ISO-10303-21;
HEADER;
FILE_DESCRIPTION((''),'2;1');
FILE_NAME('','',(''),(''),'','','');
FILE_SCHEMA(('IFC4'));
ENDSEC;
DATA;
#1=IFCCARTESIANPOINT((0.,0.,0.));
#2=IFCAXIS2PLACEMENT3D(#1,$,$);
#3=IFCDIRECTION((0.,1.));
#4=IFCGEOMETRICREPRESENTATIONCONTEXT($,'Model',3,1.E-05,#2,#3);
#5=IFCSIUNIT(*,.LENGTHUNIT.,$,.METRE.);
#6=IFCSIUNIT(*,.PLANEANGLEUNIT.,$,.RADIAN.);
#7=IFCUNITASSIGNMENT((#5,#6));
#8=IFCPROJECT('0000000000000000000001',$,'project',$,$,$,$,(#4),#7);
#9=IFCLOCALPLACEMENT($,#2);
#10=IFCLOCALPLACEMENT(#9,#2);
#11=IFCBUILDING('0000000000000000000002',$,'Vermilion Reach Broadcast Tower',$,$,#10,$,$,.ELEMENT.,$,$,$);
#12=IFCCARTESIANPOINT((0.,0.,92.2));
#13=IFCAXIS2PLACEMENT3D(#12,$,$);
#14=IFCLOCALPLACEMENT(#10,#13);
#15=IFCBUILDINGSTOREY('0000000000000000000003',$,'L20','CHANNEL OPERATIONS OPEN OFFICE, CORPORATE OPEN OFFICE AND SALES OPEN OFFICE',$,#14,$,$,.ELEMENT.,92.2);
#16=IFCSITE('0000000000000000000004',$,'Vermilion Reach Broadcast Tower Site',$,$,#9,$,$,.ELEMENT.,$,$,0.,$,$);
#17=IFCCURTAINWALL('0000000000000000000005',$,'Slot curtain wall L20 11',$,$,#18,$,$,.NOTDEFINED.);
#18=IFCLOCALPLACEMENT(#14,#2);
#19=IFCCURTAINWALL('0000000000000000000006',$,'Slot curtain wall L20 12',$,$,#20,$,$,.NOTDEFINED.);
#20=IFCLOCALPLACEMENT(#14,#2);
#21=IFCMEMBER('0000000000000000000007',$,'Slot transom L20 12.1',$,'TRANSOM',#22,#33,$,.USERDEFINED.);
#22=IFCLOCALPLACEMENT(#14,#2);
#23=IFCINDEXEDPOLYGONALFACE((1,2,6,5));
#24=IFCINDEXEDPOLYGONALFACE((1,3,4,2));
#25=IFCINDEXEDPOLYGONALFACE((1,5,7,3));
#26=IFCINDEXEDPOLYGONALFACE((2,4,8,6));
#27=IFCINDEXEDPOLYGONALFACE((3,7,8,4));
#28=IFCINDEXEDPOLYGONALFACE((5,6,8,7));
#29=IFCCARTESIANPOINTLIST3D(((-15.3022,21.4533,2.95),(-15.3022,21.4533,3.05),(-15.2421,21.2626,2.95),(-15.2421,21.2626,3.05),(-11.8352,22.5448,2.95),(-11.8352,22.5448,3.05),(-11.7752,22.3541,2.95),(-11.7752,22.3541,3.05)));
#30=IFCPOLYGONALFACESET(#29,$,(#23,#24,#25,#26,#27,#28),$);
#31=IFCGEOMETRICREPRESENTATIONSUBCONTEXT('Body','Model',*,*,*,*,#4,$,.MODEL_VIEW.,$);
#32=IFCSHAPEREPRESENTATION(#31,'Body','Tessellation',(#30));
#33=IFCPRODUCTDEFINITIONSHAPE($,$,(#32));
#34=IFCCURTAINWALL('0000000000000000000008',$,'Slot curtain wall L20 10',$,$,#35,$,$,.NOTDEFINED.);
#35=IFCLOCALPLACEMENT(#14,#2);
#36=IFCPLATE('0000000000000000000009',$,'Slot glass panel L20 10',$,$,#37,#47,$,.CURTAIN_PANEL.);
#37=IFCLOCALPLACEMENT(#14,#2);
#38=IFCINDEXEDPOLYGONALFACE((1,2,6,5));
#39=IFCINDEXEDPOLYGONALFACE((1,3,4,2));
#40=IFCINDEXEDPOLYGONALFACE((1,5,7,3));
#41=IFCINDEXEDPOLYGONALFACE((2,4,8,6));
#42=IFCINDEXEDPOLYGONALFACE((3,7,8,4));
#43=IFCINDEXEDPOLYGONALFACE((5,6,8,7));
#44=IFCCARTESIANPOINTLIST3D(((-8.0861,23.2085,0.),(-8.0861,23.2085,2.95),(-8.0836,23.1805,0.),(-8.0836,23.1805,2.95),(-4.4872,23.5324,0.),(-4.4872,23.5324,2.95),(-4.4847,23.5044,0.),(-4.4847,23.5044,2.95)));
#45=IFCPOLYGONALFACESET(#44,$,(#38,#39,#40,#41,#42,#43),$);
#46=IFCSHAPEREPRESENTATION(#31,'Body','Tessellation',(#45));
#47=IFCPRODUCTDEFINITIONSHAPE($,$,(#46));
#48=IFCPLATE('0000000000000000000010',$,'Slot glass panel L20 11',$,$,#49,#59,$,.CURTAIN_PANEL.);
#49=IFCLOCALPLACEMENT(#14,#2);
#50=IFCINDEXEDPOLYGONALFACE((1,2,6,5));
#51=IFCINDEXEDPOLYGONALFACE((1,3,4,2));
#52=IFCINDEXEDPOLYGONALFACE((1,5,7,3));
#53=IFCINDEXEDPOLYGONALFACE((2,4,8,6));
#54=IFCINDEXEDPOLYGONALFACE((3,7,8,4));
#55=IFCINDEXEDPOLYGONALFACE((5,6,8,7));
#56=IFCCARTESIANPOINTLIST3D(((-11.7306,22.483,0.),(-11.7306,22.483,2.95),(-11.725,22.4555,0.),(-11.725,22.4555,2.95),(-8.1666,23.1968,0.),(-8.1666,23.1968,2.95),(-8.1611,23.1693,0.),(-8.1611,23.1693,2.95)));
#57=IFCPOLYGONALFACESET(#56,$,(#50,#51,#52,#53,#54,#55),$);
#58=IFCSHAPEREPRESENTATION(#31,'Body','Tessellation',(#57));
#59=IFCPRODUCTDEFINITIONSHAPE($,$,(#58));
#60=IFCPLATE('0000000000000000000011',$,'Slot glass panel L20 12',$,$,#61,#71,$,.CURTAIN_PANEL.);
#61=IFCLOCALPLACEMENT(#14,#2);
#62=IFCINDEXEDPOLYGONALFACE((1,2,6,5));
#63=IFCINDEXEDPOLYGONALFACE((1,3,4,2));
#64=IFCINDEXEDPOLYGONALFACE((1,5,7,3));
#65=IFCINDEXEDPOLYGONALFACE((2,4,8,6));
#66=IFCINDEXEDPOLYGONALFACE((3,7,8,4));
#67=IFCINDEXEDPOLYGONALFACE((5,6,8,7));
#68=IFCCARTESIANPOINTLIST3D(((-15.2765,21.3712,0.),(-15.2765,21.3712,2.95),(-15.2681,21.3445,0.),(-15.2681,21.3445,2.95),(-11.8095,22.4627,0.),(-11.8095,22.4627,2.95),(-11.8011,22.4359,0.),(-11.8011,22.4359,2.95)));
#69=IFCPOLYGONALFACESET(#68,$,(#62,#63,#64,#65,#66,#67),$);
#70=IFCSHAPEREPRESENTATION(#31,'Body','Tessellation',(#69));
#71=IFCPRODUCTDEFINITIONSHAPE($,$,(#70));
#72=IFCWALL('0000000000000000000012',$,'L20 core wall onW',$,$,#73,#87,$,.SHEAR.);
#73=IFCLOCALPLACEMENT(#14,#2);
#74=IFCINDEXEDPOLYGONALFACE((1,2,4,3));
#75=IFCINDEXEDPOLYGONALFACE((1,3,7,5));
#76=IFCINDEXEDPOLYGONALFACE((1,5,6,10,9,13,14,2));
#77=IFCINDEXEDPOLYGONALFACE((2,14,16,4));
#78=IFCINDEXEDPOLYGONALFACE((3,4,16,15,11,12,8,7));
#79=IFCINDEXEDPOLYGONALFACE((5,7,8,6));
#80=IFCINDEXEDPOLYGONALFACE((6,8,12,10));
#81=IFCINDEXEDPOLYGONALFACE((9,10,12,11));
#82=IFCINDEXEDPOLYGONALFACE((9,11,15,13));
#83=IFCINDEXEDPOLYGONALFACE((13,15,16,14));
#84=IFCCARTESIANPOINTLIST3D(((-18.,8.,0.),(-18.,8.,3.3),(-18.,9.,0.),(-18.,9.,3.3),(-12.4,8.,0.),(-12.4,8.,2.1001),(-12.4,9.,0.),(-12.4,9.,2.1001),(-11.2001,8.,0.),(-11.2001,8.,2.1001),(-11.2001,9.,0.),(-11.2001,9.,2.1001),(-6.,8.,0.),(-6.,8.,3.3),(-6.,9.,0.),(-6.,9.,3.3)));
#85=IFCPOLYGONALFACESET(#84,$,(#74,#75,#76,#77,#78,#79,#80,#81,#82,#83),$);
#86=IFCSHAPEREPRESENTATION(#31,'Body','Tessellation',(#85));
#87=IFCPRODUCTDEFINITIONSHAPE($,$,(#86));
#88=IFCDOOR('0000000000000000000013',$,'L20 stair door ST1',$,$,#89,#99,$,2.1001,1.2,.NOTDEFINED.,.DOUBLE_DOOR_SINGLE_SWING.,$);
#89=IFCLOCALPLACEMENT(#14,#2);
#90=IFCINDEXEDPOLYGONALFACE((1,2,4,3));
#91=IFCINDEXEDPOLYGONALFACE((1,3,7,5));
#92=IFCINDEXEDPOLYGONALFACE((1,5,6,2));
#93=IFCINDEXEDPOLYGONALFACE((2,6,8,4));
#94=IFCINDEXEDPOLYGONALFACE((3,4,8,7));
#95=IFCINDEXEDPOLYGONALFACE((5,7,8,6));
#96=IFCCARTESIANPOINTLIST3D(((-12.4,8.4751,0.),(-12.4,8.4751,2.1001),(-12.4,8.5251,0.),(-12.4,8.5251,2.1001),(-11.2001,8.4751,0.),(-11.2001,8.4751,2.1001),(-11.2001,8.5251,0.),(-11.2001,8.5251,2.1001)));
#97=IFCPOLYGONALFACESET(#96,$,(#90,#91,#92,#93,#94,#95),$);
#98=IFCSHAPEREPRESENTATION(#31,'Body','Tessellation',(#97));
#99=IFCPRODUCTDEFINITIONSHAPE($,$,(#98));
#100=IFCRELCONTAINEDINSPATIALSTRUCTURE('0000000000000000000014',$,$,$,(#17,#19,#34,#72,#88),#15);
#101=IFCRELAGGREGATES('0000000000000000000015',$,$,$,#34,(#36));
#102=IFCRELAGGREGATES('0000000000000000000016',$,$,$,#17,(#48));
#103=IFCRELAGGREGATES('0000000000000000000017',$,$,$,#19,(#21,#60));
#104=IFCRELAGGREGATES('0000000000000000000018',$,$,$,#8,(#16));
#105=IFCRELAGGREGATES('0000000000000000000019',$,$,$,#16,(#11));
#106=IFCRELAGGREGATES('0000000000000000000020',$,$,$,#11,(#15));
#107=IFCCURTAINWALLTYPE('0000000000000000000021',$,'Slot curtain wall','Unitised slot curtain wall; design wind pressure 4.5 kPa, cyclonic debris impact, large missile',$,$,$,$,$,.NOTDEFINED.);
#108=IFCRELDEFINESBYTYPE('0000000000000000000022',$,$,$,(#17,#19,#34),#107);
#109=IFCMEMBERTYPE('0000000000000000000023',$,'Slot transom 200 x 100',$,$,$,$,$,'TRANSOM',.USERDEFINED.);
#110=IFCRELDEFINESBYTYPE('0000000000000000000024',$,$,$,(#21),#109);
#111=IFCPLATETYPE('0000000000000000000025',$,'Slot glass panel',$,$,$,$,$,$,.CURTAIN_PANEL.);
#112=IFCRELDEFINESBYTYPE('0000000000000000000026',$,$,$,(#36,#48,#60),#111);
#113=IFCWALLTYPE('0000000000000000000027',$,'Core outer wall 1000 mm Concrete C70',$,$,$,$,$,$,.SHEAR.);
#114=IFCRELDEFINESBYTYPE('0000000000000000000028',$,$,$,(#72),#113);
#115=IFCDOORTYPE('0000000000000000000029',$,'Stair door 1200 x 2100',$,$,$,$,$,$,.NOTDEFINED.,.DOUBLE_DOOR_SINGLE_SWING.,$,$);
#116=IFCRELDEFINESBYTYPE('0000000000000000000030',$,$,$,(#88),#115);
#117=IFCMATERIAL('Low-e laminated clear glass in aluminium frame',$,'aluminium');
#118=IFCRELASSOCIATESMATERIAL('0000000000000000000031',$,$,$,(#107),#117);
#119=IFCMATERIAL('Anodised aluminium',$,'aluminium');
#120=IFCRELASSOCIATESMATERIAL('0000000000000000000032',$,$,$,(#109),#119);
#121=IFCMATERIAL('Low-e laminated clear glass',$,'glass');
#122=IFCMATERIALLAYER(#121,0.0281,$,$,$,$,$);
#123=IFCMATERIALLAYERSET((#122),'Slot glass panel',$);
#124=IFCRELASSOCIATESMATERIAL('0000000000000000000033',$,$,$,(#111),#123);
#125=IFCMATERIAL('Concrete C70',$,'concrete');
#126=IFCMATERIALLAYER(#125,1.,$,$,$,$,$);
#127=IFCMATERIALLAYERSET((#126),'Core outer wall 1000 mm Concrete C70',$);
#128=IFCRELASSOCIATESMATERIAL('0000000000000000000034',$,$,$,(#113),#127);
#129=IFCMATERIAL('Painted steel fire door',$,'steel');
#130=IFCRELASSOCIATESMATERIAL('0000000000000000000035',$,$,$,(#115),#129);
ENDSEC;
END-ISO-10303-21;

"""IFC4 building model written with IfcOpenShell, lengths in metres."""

from ifc_helpers import new_model, si_unit, direction, frame, frame_2d, origin, origin_2d, place, context, subcontext, project, spatial, rectangle, extrude, material, layer, layer_set, material_profile, profile_set, type_object, element, fill, aggregate, save


model = new_model("IFC4")

# Units and contexts
model_context = context("Model", 3, precision=1e-05, world=origin(), true_north=direction((0.0, 1.0)))
body_context = subcontext(model_context, "Body", "Model", "MODEL_VIEW")
ifc_project = project(units=[si_unit("LENGTHUNIT", "METRE"), si_unit("PLANEANGLEUNIT", "RADIAN")], contexts=[model_context])

# Site, building, storey
site_placement = place(None, origin())
site = spatial("IfcSite", under=ifc_project, at=site_placement, Name="Vermilion Reach Broadcast Tower Site", CompositionType="ELEMENT", RefElevation=0.0)
building_placement = place(site_placement, origin())
building = spatial("IfcBuilding", under=site, at=building_placement, Name="Vermilion Reach Broadcast Tower", CompositionType="ELEMENT")
storey_placement = place(building_placement, frame((0.0, 0.0, 92.2)))
storey = spatial("IfcBuildingStorey", under=building, at=storey_placement, Name="L20", Description="CHANNEL OPERATIONS OPEN OFFICE, CORPORATE OPEN OFFICE AND SALES OPEN OFFICE", CompositionType="ELEMENT", Elevation=92.2)

# Curtain walls
ifc_material_1 = material(Name="Low-e laminated clear glass in aluminium frame", Category="aluminium")
curtain_wall_type = type_object("IfcCurtainWallType", Name="Slot curtain wall", Description="Unitised slot curtain wall; design wind pressure 4.5 kPa, cyclonic debris impact, large missile", PredefinedType="NOTDEFINED", material=ifc_material_1)
placement = place(storey_placement, origin())
curtain_wall_1 = element("IfcCurtainWall", 1, at=placement, inside=storey, type_object=curtain_wall_type, Name="Slot curtain wall L20 11", PredefinedType="NOTDEFINED")
curtain_wall_2 = element("IfcCurtainWall", 2, at=placement, inside=storey, type_object=curtain_wall_type, Name="Slot curtain wall L20 12", PredefinedType="NOTDEFINED")

# Member
ifc_material_2 = material(Name="Anodised aluminium", Category="aluminium")
ifc_material_profile_1 = material_profile(ifc_material_2, rectangle(XDim=0.2, YDim=0.1001, at=origin_2d()), Name="Slot transom 200 x 100")
ifc_profile_set_1 = profile_set([ifc_material_profile_1], Name="Anodised aluminium")
member_type_1 = type_object("IfcMemberType", Name="Slot transom 200 x 100", ElementType="TRANSOM", PredefinedType="USERDEFINED", material=ifc_profile_set_1)
member_1_placement = place(storey_placement, frame((-11.8052, 22.4495, 3.0), z_axis=(-0.953843, -0.300305, 0.0), x_axis=(0.300305, -0.953843, 0.0)))
member_1 = element("IfcMember", 3, at=member_1_placement, type_object=member_type_1, Name="Slot transom L20 12.1", ObjectType="TRANSOM", PredefinedType="USERDEFINED", context=body_context, shape_type="SweptSolid", body=[
    extrude(rectangle(XDim=0.2, YDim=0.1001, at=origin_2d()), origin(), (0.0, 0.0, 1.0), 3.6348),
])

# Curtain wall, plate
curtain_wall_3 = element("IfcCurtainWall", 4, at=placement, inside=storey, type_object=curtain_wall_type, Name="Slot curtain wall L20 10", PredefinedType="NOTDEFINED")
ifc_material_3 = material(Name="Low-e laminated clear glass", Category="glass")
ifc_layer_1 = layer(ifc_material_3, 0.0281)
ifc_layer_set_1 = layer_set([ifc_layer_1], Name="Slot glass panel")
plate_type = type_object("IfcPlateType", Name="Slot glass panel", PredefinedType="CURTAIN_PANEL", material=ifc_layer_set_1)
plate_1_placement = place(storey_placement, frame((-6.2854, 23.3564, 0.0), z_axis=(0.0, 0.0, 1.0), x_axis=(-0.995975, -0.089632, 0.0)))
plate_1 = element("IfcPlate", 5, at=plate_1_placement, type_object=plate_type, Name="Slot glass panel L20 10", PredefinedType="CURTAIN_PANEL", context=body_context, shape_type="SweptSolid", body=[
    extrude(rectangle(XDim=3.6135, YDim=0.0281, at=origin_2d()), origin(), (0.0, 0.0, 1.0), 2.95),
])
aggregate(curtain_wall_3, [plate_1])

# Plates
plate_2_placement = place(storey_placement, frame((-9.9458, 22.8262, 0.0), z_axis=(0.0, 0.0, 1.0), x_axis=(-0.980527, -0.196385, 0.0)))
plate_2 = element("IfcPlate", 6, at=plate_2_placement, type_object=plate_type, Name="Slot glass panel L20 11", PredefinedType="CURTAIN_PANEL", context=body_context, shape_type="SweptSolid", body=[
    extrude(rectangle(XDim=3.6348, YDim=0.0281, at=origin_2d()), origin(), (0.0, 0.0, 1.0), 2.95),
])
aggregate(curtain_wall_1, [plate_2])
plate_3_placement = place(storey_placement, frame((-13.5388, 21.9036, 0.0), z_axis=(0.0, 0.0, 1.0), x_axis=(-0.953852, -0.300278, 0.0)))
plate_3 = element("IfcPlate", 7, at=plate_3_placement, type_object=plate_type, Name="Slot glass panel L20 12", PredefinedType="CURTAIN_PANEL", context=body_context, shape_type="SweptSolid", body=[
    extrude(rectangle(XDim=3.6348, YDim=0.0281, at=origin_2d()), origin(), (0.0, 0.0, 1.0), 2.95),
])
aggregate(curtain_wall_2, [member_1, plate_3])

# Wall, opening, door
ifc_material_4 = material(Name="Concrete C70", Category="concrete")
ifc_layer_2 = layer(ifc_material_4, 1.0)
ifc_layer_set_2 = layer_set([ifc_layer_2], Name="Core outer wall 1000 mm Concrete C70")
wall_type = type_object("IfcWallType", Name="Core outer wall 1000 mm Concrete C70", PredefinedType="SHEAR", material=ifc_layer_set_2)
wall_placement = place(storey_placement, frame((-6.0, 8.5, 0.0), z_axis=(0.0, 0.0, 1.0), x_axis=(-1.0, 0.0, 0.0)))
wall = element("IfcWall", 8, at=wall_placement, inside=storey, type_object=wall_type, Name="L20 core wall onW", PredefinedType="SHEAR", context=body_context, shape_type="SweptSolid", body=[
    extrude(rectangle(XDim=12.0, YDim=1.0, at=frame_2d((6.0, 0.0))), origin(), (0.0, 0.0, 1.0), 3.3),
])
opening_placement = place(wall_placement, frame((5.2, 0.0, 0.0)))
opening = element("IfcOpeningElement", 9, at=opening_placement, cuts=wall, PredefinedType="OPENING", context=body_context, shape_type="SweptSolid", body=[
    extrude(rectangle(XDim=1.2, YDim=2.1001, at=frame_2d((0.6001, 1.05))), frame((0.0, 0.51, 0.0), z_axis=(0.0, -1.0, 0.0), x_axis=(1.0, 0.0, 0.0)), (0.0, 0.0, 1.0), 1.02),
])
ifc_material_5 = material(Name="Painted steel fire door", Category="steel")
door_type = type_object("IfcDoorType", Name="Stair door 1200 x 2100", OperationType="DOUBLE_DOOR_SINGLE_SWING", PredefinedType="NOTDEFINED", material=ifc_material_5)
door_placement = place(opening_placement, origin())
door = element("IfcDoor", 10, at=door_placement, inside=storey, type_object=door_type, Name="L20 stair door ST1", OperationType="DOUBLE_DOOR_SINGLE_SWING", OverallHeight=2.1001, OverallWidth=1.2, PredefinedType="NOTDEFINED", context=body_context, shape_type="SweptSolid", body=[
    extrude(rectangle(XDim=1.2, YDim=2.1001, at=frame_2d((0.6001, 1.05))), frame((0.0, 0.0249, 0.0), z_axis=(0.0, -1.0, 0.0), x_axis=(1.0, 0.0, 0.0)), (0.0, 0.0, 1.0), 0.05),
])
fill(opening, door)

save(model, "model.ifc")
